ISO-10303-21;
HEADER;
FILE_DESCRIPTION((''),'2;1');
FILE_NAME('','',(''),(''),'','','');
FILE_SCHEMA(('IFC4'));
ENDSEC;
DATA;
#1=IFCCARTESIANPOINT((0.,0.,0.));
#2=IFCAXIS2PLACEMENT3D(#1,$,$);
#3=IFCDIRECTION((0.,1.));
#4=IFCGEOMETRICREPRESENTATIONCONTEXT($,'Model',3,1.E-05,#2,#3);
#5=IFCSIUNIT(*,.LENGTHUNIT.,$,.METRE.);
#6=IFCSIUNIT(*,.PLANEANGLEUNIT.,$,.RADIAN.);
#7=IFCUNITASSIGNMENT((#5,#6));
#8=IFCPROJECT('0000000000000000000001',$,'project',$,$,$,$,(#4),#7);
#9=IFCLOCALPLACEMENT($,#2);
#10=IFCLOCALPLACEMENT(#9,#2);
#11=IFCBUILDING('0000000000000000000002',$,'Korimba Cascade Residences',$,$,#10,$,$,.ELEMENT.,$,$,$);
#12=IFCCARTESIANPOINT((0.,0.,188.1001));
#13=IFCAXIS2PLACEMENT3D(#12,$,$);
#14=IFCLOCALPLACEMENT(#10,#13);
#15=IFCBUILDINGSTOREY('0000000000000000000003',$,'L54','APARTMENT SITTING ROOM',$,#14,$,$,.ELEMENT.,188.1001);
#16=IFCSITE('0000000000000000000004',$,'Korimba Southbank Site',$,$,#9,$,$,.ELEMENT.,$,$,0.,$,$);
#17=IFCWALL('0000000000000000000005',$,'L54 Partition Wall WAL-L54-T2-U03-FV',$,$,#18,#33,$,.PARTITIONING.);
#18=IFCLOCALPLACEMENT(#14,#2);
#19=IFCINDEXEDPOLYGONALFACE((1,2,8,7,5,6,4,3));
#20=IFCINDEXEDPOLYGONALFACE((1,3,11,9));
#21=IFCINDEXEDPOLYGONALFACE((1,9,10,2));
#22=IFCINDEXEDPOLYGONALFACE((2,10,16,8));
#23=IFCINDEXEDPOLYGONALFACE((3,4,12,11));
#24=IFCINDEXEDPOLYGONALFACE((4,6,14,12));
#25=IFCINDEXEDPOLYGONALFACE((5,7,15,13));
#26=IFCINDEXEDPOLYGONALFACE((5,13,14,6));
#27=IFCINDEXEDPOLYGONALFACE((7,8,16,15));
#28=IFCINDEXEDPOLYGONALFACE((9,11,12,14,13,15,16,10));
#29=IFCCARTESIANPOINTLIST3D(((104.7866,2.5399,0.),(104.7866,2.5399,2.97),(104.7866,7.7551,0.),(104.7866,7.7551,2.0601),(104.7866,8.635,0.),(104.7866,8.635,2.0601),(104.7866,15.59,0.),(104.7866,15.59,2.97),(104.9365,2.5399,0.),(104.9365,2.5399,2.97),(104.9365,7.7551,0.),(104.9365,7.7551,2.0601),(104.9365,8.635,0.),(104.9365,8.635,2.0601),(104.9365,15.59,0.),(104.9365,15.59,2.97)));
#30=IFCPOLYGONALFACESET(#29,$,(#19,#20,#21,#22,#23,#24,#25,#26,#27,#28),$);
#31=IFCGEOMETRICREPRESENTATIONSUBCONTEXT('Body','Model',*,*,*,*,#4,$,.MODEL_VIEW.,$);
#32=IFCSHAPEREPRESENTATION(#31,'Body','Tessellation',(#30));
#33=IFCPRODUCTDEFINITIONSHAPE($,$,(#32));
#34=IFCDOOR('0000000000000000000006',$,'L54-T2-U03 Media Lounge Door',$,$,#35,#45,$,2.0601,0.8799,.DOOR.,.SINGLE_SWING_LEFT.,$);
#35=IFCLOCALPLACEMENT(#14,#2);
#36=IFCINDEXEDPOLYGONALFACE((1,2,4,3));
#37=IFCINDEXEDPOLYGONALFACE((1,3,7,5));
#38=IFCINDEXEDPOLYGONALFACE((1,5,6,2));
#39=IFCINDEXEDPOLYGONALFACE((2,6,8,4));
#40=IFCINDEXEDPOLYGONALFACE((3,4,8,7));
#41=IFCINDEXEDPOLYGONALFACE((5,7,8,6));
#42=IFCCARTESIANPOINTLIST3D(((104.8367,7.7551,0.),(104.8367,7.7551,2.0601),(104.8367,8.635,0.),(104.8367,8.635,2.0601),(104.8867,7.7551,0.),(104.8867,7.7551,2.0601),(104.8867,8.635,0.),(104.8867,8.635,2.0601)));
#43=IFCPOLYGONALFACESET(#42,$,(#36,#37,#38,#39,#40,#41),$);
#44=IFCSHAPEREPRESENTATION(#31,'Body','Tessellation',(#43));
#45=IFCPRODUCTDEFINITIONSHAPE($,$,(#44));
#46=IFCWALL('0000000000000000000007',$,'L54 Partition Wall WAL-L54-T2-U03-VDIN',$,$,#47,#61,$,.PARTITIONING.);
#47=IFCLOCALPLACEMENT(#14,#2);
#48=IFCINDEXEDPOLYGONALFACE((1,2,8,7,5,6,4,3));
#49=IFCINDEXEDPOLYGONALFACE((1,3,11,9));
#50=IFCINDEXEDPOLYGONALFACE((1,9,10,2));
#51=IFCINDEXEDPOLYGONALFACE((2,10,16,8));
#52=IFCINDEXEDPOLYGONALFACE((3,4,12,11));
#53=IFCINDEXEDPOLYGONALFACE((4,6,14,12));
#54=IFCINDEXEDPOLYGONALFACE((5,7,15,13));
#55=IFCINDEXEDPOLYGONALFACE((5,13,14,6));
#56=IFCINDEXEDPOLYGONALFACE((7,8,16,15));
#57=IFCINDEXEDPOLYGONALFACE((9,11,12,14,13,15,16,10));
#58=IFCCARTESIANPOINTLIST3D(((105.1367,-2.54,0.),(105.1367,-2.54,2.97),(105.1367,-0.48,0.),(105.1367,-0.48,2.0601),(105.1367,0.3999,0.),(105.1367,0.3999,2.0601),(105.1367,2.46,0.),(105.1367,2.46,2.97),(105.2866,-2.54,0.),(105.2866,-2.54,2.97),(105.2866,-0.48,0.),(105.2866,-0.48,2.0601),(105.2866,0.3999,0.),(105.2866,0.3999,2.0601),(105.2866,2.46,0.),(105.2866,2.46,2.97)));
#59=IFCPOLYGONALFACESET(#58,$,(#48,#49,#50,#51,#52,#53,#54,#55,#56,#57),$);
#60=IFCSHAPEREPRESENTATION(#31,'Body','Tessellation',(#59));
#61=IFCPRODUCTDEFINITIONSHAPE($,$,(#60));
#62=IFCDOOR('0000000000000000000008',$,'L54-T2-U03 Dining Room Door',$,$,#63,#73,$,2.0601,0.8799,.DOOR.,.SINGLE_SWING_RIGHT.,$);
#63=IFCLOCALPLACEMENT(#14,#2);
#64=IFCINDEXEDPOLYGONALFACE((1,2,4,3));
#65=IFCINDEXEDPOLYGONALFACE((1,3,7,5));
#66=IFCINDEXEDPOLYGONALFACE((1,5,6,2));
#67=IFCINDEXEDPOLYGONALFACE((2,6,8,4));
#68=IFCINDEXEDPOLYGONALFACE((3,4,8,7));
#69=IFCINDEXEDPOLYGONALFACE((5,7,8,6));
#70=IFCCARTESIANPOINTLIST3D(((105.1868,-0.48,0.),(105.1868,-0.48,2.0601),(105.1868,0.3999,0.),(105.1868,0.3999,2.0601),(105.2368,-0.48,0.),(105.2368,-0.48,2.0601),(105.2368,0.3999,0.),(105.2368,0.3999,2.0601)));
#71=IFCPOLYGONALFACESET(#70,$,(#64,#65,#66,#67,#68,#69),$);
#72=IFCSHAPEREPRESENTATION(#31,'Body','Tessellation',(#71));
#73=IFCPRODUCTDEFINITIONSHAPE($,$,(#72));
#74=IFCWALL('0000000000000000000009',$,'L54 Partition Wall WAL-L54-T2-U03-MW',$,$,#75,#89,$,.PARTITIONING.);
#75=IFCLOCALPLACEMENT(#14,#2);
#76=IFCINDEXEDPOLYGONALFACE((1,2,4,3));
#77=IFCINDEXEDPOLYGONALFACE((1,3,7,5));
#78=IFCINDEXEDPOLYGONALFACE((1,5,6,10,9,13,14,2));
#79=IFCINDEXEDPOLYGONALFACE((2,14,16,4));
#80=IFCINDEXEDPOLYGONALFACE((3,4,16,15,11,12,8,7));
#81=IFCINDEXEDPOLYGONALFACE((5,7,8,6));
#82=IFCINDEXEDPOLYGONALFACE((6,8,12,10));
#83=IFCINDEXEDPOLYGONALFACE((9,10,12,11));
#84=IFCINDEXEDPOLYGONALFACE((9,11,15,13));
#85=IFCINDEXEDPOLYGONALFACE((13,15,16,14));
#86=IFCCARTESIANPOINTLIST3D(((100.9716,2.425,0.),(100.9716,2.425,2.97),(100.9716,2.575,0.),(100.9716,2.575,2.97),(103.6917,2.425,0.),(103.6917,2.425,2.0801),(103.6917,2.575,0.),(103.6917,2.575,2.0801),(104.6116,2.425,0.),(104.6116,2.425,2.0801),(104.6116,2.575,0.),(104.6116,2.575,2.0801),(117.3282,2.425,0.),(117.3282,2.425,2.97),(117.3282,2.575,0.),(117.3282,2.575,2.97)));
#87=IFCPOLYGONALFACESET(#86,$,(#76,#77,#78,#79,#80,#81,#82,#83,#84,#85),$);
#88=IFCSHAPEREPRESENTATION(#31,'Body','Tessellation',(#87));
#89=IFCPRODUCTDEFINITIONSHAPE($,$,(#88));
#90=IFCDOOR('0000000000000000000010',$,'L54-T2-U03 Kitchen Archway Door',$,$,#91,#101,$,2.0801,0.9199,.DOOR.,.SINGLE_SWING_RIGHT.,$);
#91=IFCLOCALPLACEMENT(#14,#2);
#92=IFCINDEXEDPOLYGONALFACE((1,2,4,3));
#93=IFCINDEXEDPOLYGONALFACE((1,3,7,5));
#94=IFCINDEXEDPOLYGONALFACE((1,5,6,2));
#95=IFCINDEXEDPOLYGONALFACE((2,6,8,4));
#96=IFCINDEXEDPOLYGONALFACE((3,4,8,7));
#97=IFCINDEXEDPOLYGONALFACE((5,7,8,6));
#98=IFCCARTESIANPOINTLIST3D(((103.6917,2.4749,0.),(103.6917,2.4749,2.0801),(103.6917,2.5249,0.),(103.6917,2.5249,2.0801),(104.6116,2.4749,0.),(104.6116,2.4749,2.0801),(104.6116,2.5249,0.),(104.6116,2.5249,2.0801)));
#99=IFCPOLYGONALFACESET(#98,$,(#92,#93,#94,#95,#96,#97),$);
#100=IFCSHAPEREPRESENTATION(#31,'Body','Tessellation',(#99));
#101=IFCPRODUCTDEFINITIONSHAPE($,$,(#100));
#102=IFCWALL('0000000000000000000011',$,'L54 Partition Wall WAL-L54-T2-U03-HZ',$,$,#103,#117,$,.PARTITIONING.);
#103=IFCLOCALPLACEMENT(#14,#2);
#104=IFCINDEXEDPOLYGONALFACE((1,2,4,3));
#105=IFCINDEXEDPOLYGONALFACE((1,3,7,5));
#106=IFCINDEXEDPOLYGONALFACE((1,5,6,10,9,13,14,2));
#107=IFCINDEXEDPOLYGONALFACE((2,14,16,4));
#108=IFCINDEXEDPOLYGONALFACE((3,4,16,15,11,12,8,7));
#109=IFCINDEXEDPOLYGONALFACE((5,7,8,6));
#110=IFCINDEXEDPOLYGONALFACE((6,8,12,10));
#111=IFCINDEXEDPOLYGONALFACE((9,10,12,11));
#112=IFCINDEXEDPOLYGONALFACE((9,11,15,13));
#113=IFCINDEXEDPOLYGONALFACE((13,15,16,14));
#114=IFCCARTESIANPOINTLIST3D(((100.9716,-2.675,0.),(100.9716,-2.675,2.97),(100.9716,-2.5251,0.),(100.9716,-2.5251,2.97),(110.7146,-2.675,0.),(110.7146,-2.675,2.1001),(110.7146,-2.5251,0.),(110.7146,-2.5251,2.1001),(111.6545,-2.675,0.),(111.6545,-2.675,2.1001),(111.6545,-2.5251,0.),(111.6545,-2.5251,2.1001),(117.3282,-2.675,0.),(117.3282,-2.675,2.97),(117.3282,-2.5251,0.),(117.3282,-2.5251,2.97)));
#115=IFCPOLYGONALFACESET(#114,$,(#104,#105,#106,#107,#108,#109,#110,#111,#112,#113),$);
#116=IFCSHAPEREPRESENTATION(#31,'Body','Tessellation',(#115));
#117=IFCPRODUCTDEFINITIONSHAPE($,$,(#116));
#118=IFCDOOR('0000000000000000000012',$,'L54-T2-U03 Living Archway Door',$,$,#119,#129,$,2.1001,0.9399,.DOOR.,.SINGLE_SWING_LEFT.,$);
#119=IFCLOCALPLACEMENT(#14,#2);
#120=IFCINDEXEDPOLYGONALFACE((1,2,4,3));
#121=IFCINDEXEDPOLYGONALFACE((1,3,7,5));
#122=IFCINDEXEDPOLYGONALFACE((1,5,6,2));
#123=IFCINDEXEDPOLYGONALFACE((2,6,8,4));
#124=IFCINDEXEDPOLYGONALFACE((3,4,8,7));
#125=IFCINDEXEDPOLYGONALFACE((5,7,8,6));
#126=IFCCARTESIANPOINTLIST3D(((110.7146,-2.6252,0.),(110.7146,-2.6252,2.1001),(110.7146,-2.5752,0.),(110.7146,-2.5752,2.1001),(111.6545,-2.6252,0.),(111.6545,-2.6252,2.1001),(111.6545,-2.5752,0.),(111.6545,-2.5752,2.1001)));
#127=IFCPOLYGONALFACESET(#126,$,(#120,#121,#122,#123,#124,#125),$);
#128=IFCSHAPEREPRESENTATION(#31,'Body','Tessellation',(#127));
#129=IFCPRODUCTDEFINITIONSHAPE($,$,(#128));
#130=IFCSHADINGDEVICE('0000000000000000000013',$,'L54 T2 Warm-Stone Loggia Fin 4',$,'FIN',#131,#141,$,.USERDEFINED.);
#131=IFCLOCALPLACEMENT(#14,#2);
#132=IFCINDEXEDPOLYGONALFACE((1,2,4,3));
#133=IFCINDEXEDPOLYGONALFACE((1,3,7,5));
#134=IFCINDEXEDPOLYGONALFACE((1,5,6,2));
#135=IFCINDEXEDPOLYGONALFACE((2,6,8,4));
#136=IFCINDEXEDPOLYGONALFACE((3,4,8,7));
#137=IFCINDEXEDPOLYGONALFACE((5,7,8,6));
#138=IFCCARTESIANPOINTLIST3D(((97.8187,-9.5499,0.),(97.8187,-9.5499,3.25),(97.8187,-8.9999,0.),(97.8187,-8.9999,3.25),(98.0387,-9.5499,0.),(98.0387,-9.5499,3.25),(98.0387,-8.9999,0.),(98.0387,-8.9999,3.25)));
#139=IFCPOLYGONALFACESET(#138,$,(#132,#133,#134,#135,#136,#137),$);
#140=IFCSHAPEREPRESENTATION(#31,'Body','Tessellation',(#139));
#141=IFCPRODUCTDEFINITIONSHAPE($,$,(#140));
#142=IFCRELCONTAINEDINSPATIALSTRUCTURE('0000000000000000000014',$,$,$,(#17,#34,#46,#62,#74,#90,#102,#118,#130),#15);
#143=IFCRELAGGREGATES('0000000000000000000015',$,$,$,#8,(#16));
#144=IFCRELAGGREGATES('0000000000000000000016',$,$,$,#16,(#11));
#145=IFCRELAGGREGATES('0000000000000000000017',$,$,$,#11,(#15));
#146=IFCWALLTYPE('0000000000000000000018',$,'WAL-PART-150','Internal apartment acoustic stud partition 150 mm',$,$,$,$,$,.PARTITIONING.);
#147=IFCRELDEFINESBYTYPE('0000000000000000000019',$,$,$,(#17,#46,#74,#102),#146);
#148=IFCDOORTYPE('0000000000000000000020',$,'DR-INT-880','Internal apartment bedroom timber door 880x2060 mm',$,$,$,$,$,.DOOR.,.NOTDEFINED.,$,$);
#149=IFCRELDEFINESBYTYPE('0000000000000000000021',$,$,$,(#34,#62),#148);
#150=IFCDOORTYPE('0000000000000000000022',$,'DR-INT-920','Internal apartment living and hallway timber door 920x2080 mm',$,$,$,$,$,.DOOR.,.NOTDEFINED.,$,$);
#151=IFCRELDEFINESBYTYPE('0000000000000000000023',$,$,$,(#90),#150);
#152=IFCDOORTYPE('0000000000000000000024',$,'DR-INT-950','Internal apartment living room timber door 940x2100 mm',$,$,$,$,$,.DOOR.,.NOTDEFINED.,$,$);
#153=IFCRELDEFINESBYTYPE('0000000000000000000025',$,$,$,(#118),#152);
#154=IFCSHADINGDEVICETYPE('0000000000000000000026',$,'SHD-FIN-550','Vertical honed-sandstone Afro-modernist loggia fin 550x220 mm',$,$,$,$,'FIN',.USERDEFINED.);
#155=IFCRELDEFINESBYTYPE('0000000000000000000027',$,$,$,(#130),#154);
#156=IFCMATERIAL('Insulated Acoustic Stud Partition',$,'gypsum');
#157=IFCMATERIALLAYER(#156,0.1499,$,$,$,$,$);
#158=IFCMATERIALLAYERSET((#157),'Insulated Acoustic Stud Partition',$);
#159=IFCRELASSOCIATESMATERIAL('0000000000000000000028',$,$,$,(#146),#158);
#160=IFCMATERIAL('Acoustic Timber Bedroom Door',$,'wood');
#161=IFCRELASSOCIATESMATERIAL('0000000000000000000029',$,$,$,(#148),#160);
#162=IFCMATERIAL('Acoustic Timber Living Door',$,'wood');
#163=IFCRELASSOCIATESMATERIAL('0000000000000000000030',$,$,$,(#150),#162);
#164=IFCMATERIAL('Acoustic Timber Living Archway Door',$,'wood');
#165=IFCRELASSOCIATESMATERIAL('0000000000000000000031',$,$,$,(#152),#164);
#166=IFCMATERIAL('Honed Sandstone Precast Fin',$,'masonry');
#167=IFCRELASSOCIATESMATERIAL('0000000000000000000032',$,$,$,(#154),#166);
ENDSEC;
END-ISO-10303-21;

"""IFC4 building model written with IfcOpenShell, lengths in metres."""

from ifc_helpers import new_model, si_unit, direction, frame, frame_2d, origin, origin_2d, place, context, subcontext, project, spatial, rectangle, extrude, material, layer, layer_set, type_object, element, fill, save


model = new_model("IFC4")

# Units and contexts
model_context = context("Model", 3, precision=1e-05, world=origin(), true_north=direction((0.0, 1.0)))
body_context = subcontext(model_context, "Body", "Model", "MODEL_VIEW")
ifc_project = project(units=[si_unit("LENGTHUNIT", "METRE"), si_unit("PLANEANGLEUNIT", "RADIAN")], contexts=[model_context])

# Site, building, storey
site_placement = place(None, origin())
site = spatial("IfcSite", under=ifc_project, at=site_placement, Name="Korimba Southbank Site", CompositionType="ELEMENT", RefElevation=0.0)
building_placement = place(site_placement, origin())
building = spatial("IfcBuilding", under=site, at=building_placement, Name="Korimba Cascade Residences", CompositionType="ELEMENT")
storey_placement = place(building_placement, frame((0.0, 0.0, 188.1001)))
storey = spatial("IfcBuildingStorey", under=building, at=storey_placement, Name="L54", Description="APARTMENT SITTING ROOM", CompositionType="ELEMENT", Elevation=188.1001)

# Walls, openings, doors
ifc_material_1 = material(Name="Insulated Acoustic Stud Partition", Category="gypsum")
ifc_layer_1 = layer(ifc_material_1, 0.1499)
ifc_layer_set_1 = layer_set([ifc_layer_1], Name="Insulated Acoustic Stud Partition")
wall_type_1 = type_object("IfcWallType", Name="WAL-PART-150", Description="Internal apartment acoustic stud partition 150 mm", PredefinedType="PARTITIONING", material=ifc_layer_set_1)
wall_1_placement = place(storey_placement, frame((104.8616, 2.54, 0.0), z_axis=(0.0, 0.0, 1.0), x_axis=(0.0, 1.0, 0.0)))
wall_1 = element("IfcWall", 1, at=wall_1_placement, inside=storey, type_object=wall_type_1, Name="L54 Partition Wall WAL-L54-T2-U03-FV", PredefinedType="PARTITIONING", context=body_context, shape_type="SweptSolid", body=[
    extrude(rectangle(XDim=13.05, YDim=0.1499, at=frame_2d((6.5249, 0.0))), origin(), (0.0, 0.0, 1.0), 2.97),
])
opening_1_placement = place(wall_1_placement, frame((5.2151, 0.0, 0.0)))
opening_1 = element("IfcOpeningElement", 2, at=opening_1_placement, cuts=wall_1, PredefinedType="OPENING", context=body_context, shape_type="SweptSolid", body=[
    extrude(rectangle(XDim=0.8799, YDim=2.0601, at=frame_2d((0.4399, 1.03))), frame((0.0, 0.085, 0.0), z_axis=(0.0, -1.0, 0.0), x_axis=(1.0, 0.0, 0.0)), (0.0, 0.0, 1.0), 0.1699),
])
ifc_material_2 = material(Name="Acoustic Timber Bedroom Door", Category="wood")
door_type_1 = type_object("IfcDoorType", Name="DR-INT-880", Description="Internal apartment bedroom timber door 880x2060 mm", OperationType="NOTDEFINED", PredefinedType="DOOR", material=ifc_material_2)
door_1_placement = place(opening_1_placement, origin())
door_1 = element("IfcDoor", 3, at=door_1_placement, inside=storey, type_object=door_type_1, Name="L54-T2-U03 Media Lounge Door", OperationType="SINGLE_SWING_LEFT", OverallHeight=2.0601, OverallWidth=0.8799, PredefinedType="DOOR", context=body_context, shape_type="SweptSolid", body=[
    extrude(rectangle(XDim=0.8799, YDim=2.0601, at=frame_2d((0.4399, 1.03))), frame((0.0, 0.0249, 0.0), z_axis=(0.0, -1.0, 0.0), x_axis=(1.0, 0.0, 0.0)), (0.0, 0.0, 1.0), 0.05),
])
fill(opening_1, door_1)
wall_2_placement = place(storey_placement, frame((105.2117, -2.54, 0.0), z_axis=(0.0, 0.0, 1.0), x_axis=(0.0, 1.0, 0.0)))
wall_2 = element("IfcWall", 4, at=wall_2_placement, inside=storey, type_object=wall_type_1, Name="L54 Partition Wall WAL-L54-T2-U03-VDIN", PredefinedType="PARTITIONING", context=body_context, shape_type="SweptSolid", body=[
    extrude(rectangle(XDim=5.0, YDim=0.1499, at=frame_2d((2.5, 0.0))), origin(), (0.0, 0.0, 1.0), 2.97),
])
opening_2_placement = place(wall_2_placement, frame((2.0601, 0.0, 0.0)))
opening_2 = element("IfcOpeningElement", 5, at=opening_2_placement, cuts=wall_2, PredefinedType="OPENING", context=body_context, shape_type="SweptSolid", body=[
    extrude(rectangle(XDim=0.8799, YDim=2.0601, at=frame_2d((0.4399, 1.03))), frame((0.0, 0.085, 0.0), z_axis=(0.0, -1.0, 0.0), x_axis=(1.0, 0.0, 0.0)), (0.0, 0.0, 1.0), 0.1699),
])
door_2_placement = place(opening_2_placement, origin())
door_2 = element("IfcDoor", 6, at=door_2_placement, inside=storey, type_object=door_type_1, Name="L54-T2-U03 Dining Room Door", OperationType="SINGLE_SWING_RIGHT", OverallHeight=2.0601, OverallWidth=0.8799, PredefinedType="DOOR", context=body_context, shape_type="SweptSolid", body=[
    extrude(rectangle(XDim=0.8799, YDim=2.0601, at=frame_2d((0.4399, 1.03))), frame((0.0, 0.0249, 0.0), z_axis=(0.0, -1.0, 0.0), x_axis=(1.0, 0.0, 0.0)), (0.0, 0.0, 1.0), 0.05),
])
fill(opening_2, door_2)
wall_3_placement = place(storey_placement, frame((100.9717, 2.5, 0.0), z_axis=(0.0, 0.0, 1.0), x_axis=(1.0, 0.0, 0.0)))
wall_3 = element("IfcWall", 7, at=wall_3_placement, inside=storey, type_object=wall_type_1, Name="L54 Partition Wall WAL-L54-T2-U03-MW", PredefinedType="PARTITIONING", context=body_context, shape_type="SweptSolid", body=[
    extrude(rectangle(XDim=16.3567, YDim=0.1499, at=frame_2d((8.1782, 0.0))), origin(), (0.0, 0.0, 1.0), 2.97),
])
opening_3_placement = place(wall_3_placement, frame((2.72, 0.0, 0.0)))
opening_3 = element("IfcOpeningElement", 8, at=opening_3_placement, cuts=wall_3, PredefinedType="OPENING", context=body_context, shape_type="SweptSolid", body=[
    extrude(rectangle(XDim=0.9199, YDim=2.0801, at=frame_2d((0.46, 1.04))), frame((0.0, 0.085, 0.0), z_axis=(0.0, -1.0, 0.0), x_axis=(1.0, 0.0, 0.0)), (0.0, 0.0, 1.0), 0.1699),
])
ifc_material_3 = material(Name="Acoustic Timber Living Door", Category="wood")
door_type_2 = type_object("IfcDoorType", Name="DR-INT-920", Description="Internal apartment living and hallway timber door 920x2080 mm", OperationType="NOTDEFINED", PredefinedType="DOOR", material=ifc_material_3)
door_3_placement = place(opening_3_placement, origin())
door_3 = element("IfcDoor", 9, at=door_3_placement, inside=storey, type_object=door_type_2, Name="L54-T2-U03 Kitchen Archway Door", OperationType="SINGLE_SWING_RIGHT", OverallHeight=2.0801, OverallWidth=0.9199, PredefinedType="DOOR", context=body_context, shape_type="SweptSolid", body=[
    extrude(rectangle(XDim=0.9199, YDim=2.0801, at=frame_2d((0.46, 1.04))), frame((0.0, 0.0249, 0.0), z_axis=(0.0, -1.0, 0.0), x_axis=(1.0, 0.0, 0.0)), (0.0, 0.0, 1.0), 0.05),
])
fill(opening_3, door_3)
wall_4_placement = place(storey_placement, frame((100.9717, -2.6001, 0.0), z_axis=(0.0, 0.0, 1.0), x_axis=(1.0, 0.0, 0.0)))
wall_4 = element("IfcWall", 10, at=wall_4_placement, inside=storey, type_object=wall_type_1, Name="L54 Partition Wall WAL-L54-T2-U03-HZ", PredefinedType="PARTITIONING", context=body_context, shape_type="SweptSolid", body=[
    extrude(rectangle(XDim=16.3567, YDim=0.1499, at=frame_2d((8.1782, 0.0))), origin(), (0.0, 0.0, 1.0), 2.97),
])
opening_4_placement = place(wall_4_placement, frame((9.7429, 0.0, 0.0)))
opening_4 = element("IfcOpeningElement", 11, at=opening_4_placement, cuts=wall_4, PredefinedType="OPENING", context=body_context, shape_type="SweptSolid", body=[
    extrude(rectangle(XDim=0.9399, YDim=2.1001, at=frame_2d((0.47, 1.05))), frame((0.0, 0.085, 0.0), z_axis=(0.0, -1.0, 0.0), x_axis=(1.0, 0.0, 0.0)), (0.0, 0.0, 1.0), 0.1699),
])
ifc_material_4 = material(Name="Acoustic Timber Living Archway Door", Category="wood")
door_type_3 = type_object("IfcDoorType", Name="DR-INT-950", Description="Internal apartment living room timber door 940x2100 mm", OperationType="NOTDEFINED", PredefinedType="DOOR", material=ifc_material_4)
door_4_placement = place(opening_4_placement, origin())
door_4 = element("IfcDoor", 12, at=door_4_placement, inside=storey, type_object=door_type_3, Name="L54-T2-U03 Living Archway Door", OperationType="SINGLE_SWING_LEFT", OverallHeight=2.1001, OverallWidth=0.9399, PredefinedType="DOOR", context=body_context, shape_type="SweptSolid", body=[
    extrude(rectangle(XDim=0.9399, YDim=2.1001, at=frame_2d((0.47, 1.05))), frame((0.0, 0.0249, 0.0), z_axis=(0.0, -1.0, 0.0), x_axis=(1.0, 0.0, 0.0)), (0.0, 0.0, 1.0), 0.05),
])
fill(opening_4, door_4)

# Shading device
ifc_material_5 = material(Name="Honed Sandstone Precast Fin", Category="masonry")
shading_device_type = type_object("IfcShadingDeviceType", Name="SHD-FIN-550", Description="Vertical honed-sandstone Afro-modernist loggia fin 550x220 mm", ElementType="FIN", PredefinedType="USERDEFINED", material=ifc_material_5)
shading_device_placement = place(storey_placement, frame((97.9287, -9.2749, 0.0), z_axis=(0.0, 0.0, 1.0), x_axis=(1.0, 0.0, 0.0)))
element("IfcShadingDevice", 13, at=shading_device_placement, inside=storey, type_object=shading_device_type, Name="L54 T2 Warm-Stone Loggia Fin 4", ObjectType="FIN", PredefinedType="USERDEFINED", context=body_context, shape_type="SweptSolid", body=[
    extrude(rectangle(XDim=0.22, YDim=0.55, at=origin_2d()), origin(), (0.0, 0.0, 1.0), 3.25),
])

save(model, "model.ifc")
